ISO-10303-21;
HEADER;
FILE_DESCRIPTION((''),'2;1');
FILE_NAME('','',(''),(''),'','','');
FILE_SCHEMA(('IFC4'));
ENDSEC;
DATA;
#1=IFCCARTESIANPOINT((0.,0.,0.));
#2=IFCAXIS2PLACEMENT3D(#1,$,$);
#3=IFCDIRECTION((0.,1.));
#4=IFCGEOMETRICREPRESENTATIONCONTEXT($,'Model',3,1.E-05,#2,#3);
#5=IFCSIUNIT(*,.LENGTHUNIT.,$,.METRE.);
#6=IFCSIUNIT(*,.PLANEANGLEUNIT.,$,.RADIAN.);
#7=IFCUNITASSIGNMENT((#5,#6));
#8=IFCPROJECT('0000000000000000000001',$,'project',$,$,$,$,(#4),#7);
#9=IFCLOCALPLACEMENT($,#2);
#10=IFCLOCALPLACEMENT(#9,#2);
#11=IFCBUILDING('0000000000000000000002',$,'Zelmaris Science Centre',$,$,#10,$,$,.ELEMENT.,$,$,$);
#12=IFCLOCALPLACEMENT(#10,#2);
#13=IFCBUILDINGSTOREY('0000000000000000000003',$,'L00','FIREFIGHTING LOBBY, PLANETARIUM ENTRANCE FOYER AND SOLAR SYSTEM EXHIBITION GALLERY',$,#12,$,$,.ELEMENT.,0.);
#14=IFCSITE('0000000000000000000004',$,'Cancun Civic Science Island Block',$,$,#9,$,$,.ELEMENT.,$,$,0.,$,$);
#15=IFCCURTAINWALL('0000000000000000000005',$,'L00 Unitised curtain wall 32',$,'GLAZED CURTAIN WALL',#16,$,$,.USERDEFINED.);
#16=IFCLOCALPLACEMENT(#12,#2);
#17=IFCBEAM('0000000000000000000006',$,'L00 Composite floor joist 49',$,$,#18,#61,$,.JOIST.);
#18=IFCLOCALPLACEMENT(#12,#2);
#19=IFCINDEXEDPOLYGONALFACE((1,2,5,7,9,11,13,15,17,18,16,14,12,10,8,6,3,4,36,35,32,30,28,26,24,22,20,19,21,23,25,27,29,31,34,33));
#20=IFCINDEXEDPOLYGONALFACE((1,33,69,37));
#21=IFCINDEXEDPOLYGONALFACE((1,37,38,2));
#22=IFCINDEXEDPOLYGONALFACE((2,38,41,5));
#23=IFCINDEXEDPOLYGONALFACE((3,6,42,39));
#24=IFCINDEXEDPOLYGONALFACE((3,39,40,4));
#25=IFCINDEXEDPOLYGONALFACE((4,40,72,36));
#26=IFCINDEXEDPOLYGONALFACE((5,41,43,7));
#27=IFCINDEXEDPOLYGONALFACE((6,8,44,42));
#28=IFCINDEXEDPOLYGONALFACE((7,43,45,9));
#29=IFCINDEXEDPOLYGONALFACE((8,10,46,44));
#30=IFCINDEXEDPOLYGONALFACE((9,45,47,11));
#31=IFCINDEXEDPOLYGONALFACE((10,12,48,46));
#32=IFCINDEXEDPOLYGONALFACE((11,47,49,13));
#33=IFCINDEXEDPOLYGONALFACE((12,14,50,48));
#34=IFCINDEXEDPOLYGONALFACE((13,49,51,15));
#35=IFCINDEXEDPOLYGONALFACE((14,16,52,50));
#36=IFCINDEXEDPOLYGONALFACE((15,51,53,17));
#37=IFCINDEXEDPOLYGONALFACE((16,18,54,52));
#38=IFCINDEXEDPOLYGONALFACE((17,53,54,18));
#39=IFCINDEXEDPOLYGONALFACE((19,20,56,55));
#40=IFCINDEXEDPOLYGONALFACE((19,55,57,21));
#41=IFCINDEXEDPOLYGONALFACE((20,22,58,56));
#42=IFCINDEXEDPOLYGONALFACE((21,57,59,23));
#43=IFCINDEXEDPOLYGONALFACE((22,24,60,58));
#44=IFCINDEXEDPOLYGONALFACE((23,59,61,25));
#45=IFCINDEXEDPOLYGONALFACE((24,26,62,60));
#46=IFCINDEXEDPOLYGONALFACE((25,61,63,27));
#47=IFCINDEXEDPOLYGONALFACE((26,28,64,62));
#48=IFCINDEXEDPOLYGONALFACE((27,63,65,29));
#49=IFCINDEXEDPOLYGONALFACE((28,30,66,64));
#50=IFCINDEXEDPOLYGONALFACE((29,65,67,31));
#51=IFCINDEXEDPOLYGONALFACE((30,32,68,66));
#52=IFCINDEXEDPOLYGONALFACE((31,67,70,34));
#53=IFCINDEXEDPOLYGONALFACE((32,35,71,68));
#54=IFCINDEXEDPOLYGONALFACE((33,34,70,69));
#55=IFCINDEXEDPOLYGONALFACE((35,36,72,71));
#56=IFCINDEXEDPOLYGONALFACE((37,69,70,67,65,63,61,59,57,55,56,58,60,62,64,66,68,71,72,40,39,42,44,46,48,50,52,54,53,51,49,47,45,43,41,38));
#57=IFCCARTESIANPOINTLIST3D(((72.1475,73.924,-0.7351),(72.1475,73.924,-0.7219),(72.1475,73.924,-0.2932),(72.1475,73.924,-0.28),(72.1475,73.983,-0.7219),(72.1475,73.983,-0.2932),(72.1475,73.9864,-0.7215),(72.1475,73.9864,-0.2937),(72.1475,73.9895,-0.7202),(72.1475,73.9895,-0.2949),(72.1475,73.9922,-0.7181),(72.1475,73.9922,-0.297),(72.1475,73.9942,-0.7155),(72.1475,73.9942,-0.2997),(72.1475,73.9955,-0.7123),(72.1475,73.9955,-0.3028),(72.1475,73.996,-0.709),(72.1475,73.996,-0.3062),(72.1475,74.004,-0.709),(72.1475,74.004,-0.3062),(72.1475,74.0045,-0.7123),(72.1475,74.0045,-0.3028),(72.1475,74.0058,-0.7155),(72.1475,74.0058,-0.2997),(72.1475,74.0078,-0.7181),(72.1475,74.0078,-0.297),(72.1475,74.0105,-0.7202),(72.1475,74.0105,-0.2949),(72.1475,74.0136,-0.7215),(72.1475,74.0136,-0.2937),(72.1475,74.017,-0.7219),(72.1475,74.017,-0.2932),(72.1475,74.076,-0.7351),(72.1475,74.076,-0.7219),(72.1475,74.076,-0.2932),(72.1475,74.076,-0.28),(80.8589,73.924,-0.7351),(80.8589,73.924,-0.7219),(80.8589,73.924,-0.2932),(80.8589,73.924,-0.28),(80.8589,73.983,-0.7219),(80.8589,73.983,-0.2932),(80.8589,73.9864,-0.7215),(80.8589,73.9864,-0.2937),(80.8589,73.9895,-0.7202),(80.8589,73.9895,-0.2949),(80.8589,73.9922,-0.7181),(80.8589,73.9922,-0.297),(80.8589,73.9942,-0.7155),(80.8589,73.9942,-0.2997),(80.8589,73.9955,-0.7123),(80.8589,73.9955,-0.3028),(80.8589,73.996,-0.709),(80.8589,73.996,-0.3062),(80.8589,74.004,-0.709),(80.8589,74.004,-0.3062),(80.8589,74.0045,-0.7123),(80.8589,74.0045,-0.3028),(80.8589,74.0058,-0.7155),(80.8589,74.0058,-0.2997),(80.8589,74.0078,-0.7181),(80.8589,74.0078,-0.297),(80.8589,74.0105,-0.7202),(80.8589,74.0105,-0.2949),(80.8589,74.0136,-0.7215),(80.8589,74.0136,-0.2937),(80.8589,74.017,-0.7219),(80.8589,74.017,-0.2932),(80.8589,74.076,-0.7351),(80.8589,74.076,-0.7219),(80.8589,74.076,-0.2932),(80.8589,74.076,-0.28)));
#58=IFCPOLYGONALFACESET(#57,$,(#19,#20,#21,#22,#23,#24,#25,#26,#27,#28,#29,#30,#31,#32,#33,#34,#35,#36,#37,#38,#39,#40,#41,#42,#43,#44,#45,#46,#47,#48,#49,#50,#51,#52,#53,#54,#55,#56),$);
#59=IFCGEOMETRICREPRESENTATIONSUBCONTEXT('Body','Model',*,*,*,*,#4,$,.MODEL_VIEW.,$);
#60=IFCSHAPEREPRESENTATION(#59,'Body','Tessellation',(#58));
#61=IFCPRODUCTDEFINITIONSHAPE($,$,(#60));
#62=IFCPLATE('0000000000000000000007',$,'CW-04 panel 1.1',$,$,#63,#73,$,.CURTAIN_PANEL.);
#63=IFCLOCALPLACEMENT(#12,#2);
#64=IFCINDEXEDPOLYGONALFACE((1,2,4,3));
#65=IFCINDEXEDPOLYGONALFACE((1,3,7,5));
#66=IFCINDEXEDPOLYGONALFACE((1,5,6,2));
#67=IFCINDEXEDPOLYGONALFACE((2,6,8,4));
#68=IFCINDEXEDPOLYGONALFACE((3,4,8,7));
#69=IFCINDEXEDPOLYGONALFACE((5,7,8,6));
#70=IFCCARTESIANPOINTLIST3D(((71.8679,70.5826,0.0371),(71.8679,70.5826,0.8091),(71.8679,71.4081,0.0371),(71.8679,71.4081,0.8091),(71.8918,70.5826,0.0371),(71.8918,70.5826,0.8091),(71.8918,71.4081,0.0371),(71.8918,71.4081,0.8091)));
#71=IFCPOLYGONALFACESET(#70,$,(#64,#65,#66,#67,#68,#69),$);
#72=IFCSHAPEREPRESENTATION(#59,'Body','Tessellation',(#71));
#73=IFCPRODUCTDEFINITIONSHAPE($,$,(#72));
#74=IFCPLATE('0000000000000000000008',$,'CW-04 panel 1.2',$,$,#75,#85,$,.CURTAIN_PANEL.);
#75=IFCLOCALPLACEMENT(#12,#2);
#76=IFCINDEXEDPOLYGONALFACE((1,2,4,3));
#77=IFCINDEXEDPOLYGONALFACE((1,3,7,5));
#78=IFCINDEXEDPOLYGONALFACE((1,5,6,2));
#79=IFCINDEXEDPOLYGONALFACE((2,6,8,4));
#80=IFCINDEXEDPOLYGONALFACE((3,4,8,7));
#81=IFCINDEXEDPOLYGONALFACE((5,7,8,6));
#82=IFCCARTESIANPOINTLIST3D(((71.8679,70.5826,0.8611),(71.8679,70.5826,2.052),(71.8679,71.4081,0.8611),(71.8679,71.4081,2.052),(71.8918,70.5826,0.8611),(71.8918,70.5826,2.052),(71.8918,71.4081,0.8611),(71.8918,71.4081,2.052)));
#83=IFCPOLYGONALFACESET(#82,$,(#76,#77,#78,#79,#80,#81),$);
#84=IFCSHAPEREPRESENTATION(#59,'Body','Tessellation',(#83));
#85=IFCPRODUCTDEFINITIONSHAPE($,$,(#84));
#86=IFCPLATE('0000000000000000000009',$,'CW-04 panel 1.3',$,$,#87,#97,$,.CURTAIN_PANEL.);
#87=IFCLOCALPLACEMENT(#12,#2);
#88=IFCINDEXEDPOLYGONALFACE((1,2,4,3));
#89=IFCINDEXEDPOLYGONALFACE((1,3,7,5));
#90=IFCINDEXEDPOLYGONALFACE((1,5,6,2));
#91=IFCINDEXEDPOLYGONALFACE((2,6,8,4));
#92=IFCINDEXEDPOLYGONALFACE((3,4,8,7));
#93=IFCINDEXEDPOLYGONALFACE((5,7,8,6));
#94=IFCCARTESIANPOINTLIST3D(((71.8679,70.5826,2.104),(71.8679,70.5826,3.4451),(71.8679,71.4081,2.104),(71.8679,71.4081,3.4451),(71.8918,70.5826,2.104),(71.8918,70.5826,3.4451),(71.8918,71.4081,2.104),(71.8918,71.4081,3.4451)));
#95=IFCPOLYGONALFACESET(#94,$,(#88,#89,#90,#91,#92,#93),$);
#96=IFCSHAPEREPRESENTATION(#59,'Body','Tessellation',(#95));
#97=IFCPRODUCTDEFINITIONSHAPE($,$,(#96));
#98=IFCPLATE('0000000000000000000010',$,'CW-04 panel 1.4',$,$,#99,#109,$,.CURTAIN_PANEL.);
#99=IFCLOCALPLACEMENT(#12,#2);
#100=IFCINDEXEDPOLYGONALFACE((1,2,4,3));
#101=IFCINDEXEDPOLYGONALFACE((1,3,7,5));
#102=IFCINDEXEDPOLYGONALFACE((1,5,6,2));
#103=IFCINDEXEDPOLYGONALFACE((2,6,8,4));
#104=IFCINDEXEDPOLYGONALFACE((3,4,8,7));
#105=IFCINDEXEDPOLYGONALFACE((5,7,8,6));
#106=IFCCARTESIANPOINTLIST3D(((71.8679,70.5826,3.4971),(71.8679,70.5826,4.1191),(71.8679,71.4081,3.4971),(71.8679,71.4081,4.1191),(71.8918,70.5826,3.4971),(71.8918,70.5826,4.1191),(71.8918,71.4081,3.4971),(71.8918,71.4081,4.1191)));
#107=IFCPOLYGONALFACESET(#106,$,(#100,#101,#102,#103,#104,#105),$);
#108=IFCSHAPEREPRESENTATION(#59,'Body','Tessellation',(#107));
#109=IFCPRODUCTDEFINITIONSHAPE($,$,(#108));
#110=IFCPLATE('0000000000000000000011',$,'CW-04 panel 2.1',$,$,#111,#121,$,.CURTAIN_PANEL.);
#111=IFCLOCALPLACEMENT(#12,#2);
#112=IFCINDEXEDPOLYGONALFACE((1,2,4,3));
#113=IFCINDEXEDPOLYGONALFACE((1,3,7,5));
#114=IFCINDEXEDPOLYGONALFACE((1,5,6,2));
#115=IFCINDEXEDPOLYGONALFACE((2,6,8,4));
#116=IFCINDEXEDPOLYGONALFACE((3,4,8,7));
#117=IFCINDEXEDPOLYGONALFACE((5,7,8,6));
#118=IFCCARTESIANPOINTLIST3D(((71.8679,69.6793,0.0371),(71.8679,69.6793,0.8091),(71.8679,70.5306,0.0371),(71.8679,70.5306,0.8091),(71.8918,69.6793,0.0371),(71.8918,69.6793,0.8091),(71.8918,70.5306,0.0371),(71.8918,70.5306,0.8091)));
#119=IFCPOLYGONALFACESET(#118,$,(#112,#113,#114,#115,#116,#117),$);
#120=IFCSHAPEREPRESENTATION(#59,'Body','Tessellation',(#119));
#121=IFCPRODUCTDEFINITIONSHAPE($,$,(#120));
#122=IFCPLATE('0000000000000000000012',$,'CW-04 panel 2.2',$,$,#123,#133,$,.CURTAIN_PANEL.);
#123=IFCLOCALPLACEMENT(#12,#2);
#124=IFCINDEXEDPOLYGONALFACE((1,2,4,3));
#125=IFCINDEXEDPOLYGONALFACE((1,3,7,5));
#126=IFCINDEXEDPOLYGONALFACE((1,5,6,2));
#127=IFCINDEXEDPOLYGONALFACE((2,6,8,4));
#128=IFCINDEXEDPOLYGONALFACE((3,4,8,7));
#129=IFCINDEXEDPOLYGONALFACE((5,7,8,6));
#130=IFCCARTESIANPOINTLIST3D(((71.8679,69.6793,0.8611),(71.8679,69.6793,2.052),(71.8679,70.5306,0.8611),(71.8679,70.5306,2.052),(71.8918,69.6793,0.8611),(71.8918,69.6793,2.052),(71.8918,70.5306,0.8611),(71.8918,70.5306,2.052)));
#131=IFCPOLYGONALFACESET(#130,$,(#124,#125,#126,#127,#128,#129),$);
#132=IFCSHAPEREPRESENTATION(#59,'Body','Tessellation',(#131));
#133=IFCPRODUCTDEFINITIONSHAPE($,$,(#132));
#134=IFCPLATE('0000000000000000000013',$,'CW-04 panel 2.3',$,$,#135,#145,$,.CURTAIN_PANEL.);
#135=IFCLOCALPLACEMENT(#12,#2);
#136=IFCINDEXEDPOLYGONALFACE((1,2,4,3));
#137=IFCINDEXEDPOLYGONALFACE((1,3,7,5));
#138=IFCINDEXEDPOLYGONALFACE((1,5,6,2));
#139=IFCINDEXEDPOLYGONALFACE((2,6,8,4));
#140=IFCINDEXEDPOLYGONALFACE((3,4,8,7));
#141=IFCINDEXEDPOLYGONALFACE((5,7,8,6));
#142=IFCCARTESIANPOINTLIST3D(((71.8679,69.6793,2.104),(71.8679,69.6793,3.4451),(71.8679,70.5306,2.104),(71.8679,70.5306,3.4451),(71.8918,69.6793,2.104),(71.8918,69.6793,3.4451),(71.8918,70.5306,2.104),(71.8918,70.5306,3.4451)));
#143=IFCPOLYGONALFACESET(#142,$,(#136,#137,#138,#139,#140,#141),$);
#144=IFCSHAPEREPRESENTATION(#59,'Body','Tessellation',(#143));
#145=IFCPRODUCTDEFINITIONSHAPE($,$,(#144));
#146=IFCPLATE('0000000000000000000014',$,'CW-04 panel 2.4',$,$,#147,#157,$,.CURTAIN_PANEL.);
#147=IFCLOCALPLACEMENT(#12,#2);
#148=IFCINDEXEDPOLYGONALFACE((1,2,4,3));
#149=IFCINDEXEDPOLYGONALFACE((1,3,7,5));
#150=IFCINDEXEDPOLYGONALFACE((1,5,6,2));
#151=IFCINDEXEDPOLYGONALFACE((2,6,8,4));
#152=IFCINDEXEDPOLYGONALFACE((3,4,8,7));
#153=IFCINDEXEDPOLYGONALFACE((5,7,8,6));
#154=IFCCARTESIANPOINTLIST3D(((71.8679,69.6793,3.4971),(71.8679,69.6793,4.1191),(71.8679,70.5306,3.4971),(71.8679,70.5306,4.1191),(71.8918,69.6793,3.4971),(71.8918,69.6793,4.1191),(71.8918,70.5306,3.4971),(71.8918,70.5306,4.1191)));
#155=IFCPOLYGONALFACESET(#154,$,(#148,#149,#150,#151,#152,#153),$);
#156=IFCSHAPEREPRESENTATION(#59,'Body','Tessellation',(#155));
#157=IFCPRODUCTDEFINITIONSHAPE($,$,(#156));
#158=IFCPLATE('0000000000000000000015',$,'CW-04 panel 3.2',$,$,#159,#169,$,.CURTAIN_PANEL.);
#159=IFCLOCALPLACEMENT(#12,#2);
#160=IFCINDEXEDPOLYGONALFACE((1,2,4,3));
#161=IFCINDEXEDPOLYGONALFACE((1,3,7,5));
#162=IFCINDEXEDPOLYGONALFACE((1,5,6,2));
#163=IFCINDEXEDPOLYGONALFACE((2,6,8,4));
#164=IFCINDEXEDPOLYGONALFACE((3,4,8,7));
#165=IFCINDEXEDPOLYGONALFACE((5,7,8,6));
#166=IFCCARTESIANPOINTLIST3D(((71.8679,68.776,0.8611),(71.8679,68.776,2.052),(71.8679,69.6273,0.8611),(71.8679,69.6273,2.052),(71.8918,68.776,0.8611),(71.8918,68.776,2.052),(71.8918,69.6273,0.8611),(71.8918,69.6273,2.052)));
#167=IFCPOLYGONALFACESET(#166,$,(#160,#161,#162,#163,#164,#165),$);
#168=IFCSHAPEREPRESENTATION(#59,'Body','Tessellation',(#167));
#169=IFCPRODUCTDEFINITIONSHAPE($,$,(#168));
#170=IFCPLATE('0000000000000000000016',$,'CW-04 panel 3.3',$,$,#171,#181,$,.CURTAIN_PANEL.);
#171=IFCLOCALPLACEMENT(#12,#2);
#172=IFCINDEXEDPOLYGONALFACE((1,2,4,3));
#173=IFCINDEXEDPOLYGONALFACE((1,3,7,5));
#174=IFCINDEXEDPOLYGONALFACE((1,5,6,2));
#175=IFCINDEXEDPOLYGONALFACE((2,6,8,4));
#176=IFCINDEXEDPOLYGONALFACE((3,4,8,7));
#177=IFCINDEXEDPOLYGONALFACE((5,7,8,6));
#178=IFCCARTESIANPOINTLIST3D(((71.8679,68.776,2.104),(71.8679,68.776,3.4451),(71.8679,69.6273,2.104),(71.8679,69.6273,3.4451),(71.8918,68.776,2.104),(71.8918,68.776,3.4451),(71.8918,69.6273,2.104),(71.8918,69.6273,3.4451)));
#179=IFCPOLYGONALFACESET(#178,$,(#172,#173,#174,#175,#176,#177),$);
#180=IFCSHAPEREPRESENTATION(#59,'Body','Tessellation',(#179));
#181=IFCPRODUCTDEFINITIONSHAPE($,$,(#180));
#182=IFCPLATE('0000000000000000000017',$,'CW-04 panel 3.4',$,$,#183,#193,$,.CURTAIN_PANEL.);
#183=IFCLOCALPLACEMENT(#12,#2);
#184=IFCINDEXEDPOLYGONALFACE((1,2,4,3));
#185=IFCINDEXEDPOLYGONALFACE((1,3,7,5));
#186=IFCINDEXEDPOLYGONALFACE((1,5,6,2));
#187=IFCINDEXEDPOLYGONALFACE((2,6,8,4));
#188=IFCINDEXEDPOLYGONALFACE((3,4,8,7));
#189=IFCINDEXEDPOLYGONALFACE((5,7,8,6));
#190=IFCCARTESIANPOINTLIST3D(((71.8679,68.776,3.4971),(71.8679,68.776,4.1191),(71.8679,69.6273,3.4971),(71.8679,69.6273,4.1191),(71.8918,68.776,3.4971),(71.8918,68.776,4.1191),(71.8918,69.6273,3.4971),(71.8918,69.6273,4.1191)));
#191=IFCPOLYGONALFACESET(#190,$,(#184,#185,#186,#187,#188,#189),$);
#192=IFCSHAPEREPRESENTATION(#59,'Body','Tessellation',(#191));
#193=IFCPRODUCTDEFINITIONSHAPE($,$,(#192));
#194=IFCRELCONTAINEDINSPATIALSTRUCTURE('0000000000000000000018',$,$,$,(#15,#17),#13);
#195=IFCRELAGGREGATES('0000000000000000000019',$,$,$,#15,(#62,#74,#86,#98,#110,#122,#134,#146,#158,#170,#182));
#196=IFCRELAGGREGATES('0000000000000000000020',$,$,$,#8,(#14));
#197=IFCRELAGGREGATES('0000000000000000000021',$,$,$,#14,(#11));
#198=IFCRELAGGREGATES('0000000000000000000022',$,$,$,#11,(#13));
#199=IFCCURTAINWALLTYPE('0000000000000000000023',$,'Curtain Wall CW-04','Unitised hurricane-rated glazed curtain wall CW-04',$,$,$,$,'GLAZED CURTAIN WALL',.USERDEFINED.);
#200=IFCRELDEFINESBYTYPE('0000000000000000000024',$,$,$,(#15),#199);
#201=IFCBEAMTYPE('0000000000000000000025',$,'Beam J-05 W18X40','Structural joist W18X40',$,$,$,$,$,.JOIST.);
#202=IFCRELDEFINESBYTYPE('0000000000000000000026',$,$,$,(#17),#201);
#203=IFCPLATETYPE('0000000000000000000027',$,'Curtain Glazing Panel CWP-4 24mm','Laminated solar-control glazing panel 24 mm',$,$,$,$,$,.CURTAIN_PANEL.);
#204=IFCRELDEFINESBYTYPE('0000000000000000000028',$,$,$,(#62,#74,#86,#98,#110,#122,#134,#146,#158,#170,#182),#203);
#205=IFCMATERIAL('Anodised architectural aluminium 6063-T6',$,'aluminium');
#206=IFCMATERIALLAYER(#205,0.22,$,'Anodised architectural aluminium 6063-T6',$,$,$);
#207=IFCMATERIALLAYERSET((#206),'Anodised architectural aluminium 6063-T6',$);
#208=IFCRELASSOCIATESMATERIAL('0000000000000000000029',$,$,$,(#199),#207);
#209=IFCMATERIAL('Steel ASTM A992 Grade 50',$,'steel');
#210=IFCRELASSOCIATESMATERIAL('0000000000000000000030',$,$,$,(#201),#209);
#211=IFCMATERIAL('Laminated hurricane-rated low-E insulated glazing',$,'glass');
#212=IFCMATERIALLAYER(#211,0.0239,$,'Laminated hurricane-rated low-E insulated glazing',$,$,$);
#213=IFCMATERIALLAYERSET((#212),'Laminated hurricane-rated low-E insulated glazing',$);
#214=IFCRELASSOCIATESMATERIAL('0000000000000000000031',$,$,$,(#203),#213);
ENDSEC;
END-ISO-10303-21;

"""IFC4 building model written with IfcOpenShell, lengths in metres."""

from ifc_helpers import new_model, si_unit, direction, frame, origin, origin_2d, place, context, subcontext, project, spatial, rectangle, i_section, extrude, material, layer, layer_set, material_profile, profile_set, type_object, element, aggregate, save


model = new_model("IFC4")

# Units and contexts
model_context = context("Model", 3, precision=1e-05, world=origin(), true_north=direction((0.0, 1.0)))
body_context = subcontext(model_context, "Body", "Model", "MODEL_VIEW")
ifc_project = project(units=[si_unit("LENGTHUNIT", "METRE"), si_unit("PLANEANGLEUNIT", "RADIAN")], contexts=[model_context])

# Site, building, storey
site_placement = place(None, origin())
site = spatial("IfcSite", under=ifc_project, at=site_placement, Name="Cancun Civic Science Island Block", CompositionType="ELEMENT", RefElevation=0.0)
building_placement = place(site_placement, origin())
building = spatial("IfcBuilding", under=site, at=building_placement, Name="Zelmaris Science Centre", CompositionType="ELEMENT")
storey_placement = place(building_placement, origin())
storey = spatial("IfcBuildingStorey", under=building, at=storey_placement, Name="L00", Description="FIREFIGHTING LOBBY, PLANETARIUM ENTRANCE FOYER AND SOLAR SYSTEM EXHIBITION GALLERY", CompositionType="ELEMENT", Elevation=0.0)

# Shared definitions
ifc_material_1 = material(Name="Steel ASTM A992 Grade 50", Category="steel")

# Curtain wall
ifc_material_2 = material(Name="Anodised architectural aluminium 6063-T6", Category="aluminium")
ifc_layer_1 = layer(ifc_material_2, 0.22, Name="Anodised architectural aluminium 6063-T6")
ifc_layer_set_1 = layer_set([ifc_layer_1], Name="Anodised architectural aluminium 6063-T6")
curtain_wall_type = type_object("IfcCurtainWallType", Name="Curtain Wall CW-04", Description="Unitised hurricane-rated glazed curtain wall CW-04", ElementType="GLAZED CURTAIN WALL", PredefinedType="USERDEFINED", material=ifc_layer_set_1)
curtain_wall_placement = place(storey_placement, origin())
curtain_wall = element("IfcCurtainWall", 1, at=curtain_wall_placement, inside=storey, type_object=curtain_wall_type, Name="L00 Unitised curtain wall 32", ObjectType="GLAZED CURTAIN WALL", PredefinedType="USERDEFINED")

# Beam
ifc_material_profile_1 = material_profile(ifc_material_1, i_section(OverallWidth=0.1521, OverallDepth=0.4551, WebThickness=0.0081, FlangeThickness=0.0132, FilletRadius=0.0129, at=origin_2d()), Name="W18X40")
ifc_profile_set_1 = profile_set([ifc_material_profile_1], Name="Steel ASTM A992 Grade 50")
beam_type_1 = type_object("IfcBeamType", Name="Beam J-05 W18X40", Description="Structural joist W18X40", PredefinedType="JOIST", material=ifc_profile_set_1)
beam_1_placement = place(storey_placement, frame((72.1475, 74.0, -0.5076), z_axis=(1.0, 0.0, 0.0), x_axis=(0.0, 1.0, 0.0)))
element("IfcBeam", 2, at=beam_1_placement, inside=storey, type_object=beam_type_1, Name="L00 Composite floor joist 49", PredefinedType="JOIST", context=body_context, shape_type="SweptSolid", body=[
    extrude(i_section(OverallWidth=0.1521, OverallDepth=0.4551, WebThickness=0.0081, FlangeThickness=0.0132, FilletRadius=0.0129, at=origin_2d()), origin(), (0.0, 0.0, 1.0), 8.7114),
])

# Plates
ifc_material_3 = material(Name="Laminated hurricane-rated low-E insulated glazing", Category="glass")
ifc_layer_2 = layer(ifc_material_3, 0.0239, Name="Laminated hurricane-rated low-E insulated glazing")
ifc_layer_set_2 = layer_set([ifc_layer_2], Name="Laminated hurricane-rated low-E insulated glazing")
plate_type = type_object("IfcPlateType", Name="Curtain Glazing Panel CWP-4 24mm", Description="Laminated solar-control glazing panel 24 mm", PredefinedType="CURTAIN_PANEL", material=ifc_layer_set_2)
plate_1_placement = place(storey_placement, frame((71.8799, 70.9954, 0.0371), z_axis=(0.0, 0.0, 1.0), x_axis=(0.0, -1.0, 0.0)))
plate_1 = element("IfcPlate", 3, at=plate_1_placement, type_object=plate_type, Name="CW-04 panel 1.1", PredefinedType="CURTAIN_PANEL", context=body_context, shape_type="SweptSolid", body=[
    extrude(rectangle(XDim=0.8254, YDim=0.0239, at=origin_2d()), origin(), (0.0, 0.0, 1.0), 0.772),
])
plate_2_placement = place(storey_placement, frame((71.8799, 70.9954, 0.8611), z_axis=(0.0, 0.0, 1.0), x_axis=(0.0, -1.0, 0.0)))
plate_2 = element("IfcPlate", 4, at=plate_2_placement, type_object=plate_type, Name="CW-04 panel 1.2", PredefinedType="CURTAIN_PANEL", context=body_context, shape_type="SweptSolid", body=[
    extrude(rectangle(XDim=0.8254, YDim=0.0239, at=origin_2d()), origin(), (0.0, 0.0, 1.0), 1.1909),
])
plate_3_placement = place(storey_placement, frame((71.8799, 70.9954, 2.104), z_axis=(0.0, 0.0, 1.0), x_axis=(0.0, -1.0, 0.0)))
plate_3 = element("IfcPlate", 5, at=plate_3_placement, type_object=plate_type, Name="CW-04 panel 1.3", PredefinedType="CURTAIN_PANEL", context=body_context, shape_type="SweptSolid", body=[
    extrude(rectangle(XDim=0.8254, YDim=0.0239, at=origin_2d()), origin(), (0.0, 0.0, 1.0), 1.3411),
])
plate_4_placement = place(storey_placement, frame((71.8799, 70.9954, 3.4971), z_axis=(0.0, 0.0, 1.0), x_axis=(0.0, -1.0, 0.0)))
plate_4 = element("IfcPlate", 6, at=plate_4_placement, type_object=plate_type, Name="CW-04 panel 1.4", PredefinedType="CURTAIN_PANEL", context=body_context, shape_type="SweptSolid", body=[
    extrude(rectangle(XDim=0.8254, YDim=0.0239, at=origin_2d()), origin(), (0.0, 0.0, 1.0), 0.6221),
])
plate_5_placement = place(storey_placement, frame((71.8799, 70.105, 0.0371), z_axis=(0.0, 0.0, 1.0), x_axis=(0.0, -1.0, 0.0)))
plate_5 = element("IfcPlate", 7, at=plate_5_placement, type_object=plate_type, Name="CW-04 panel 2.1", PredefinedType="CURTAIN_PANEL", context=body_context, shape_type="SweptSolid", body=[
    extrude(rectangle(XDim=0.8513, YDim=0.0239, at=origin_2d()), origin(), (0.0, 0.0, 1.0), 0.772),
])
plate_6_placement = place(storey_placement, frame((71.8799, 70.105, 0.8611), z_axis=(0.0, 0.0, 1.0), x_axis=(0.0, -1.0, 0.0)))
plate_6 = element("IfcPlate", 8, at=plate_6_placement, type_object=plate_type, Name="CW-04 panel 2.2", PredefinedType="CURTAIN_PANEL", context=body_context, shape_type="SweptSolid", body=[
    extrude(rectangle(XDim=0.8513, YDim=0.0239, at=origin_2d()), origin(), (0.0, 0.0, 1.0), 1.1909),
])
plate_7_placement = place(storey_placement, frame((71.8799, 70.105, 2.104), z_axis=(0.0, 0.0, 1.0), x_axis=(0.0, -1.0, 0.0)))
plate_7 = element("IfcPlate", 9, at=plate_7_placement, type_object=plate_type, Name="CW-04 panel 2.3", PredefinedType="CURTAIN_PANEL", context=body_context, shape_type="SweptSolid", body=[
    extrude(rectangle(XDim=0.8513, YDim=0.0239, at=origin_2d()), origin(), (0.0, 0.0, 1.0), 1.3411),
])
plate_8_placement = place(storey_placement, frame((71.8799, 70.105, 3.4971), z_axis=(0.0, 0.0, 1.0), x_axis=(0.0, -1.0, 0.0)))
plate_8 = element("IfcPlate", 10, at=plate_8_placement, type_object=plate_type, Name="CW-04 panel 2.4", PredefinedType="CURTAIN_PANEL", context=body_context, shape_type="SweptSolid", body=[
    extrude(rectangle(XDim=0.8513, YDim=0.0239, at=origin_2d()), origin(), (0.0, 0.0, 1.0), 0.6221),
])
plate_9_placement = place(storey_placement, frame((71.8799, 69.2017, 0.8611), z_axis=(0.0, 0.0, 1.0), x_axis=(0.0, -1.0, 0.0)))
plate_9 = element("IfcPlate", 11, at=plate_9_placement, type_object=plate_type, Name="CW-04 panel 3.2", PredefinedType="CURTAIN_PANEL", context=body_context, shape_type="SweptSolid", body=[
    extrude(rectangle(XDim=0.8513, YDim=0.0239, at=origin_2d()), origin(), (0.0, 0.0, 1.0), 1.1909),
])
plate_10_placement = place(storey_placement, frame((71.8799, 69.2017, 2.104), z_axis=(0.0, 0.0, 1.0), x_axis=(0.0, -1.0, 0.0)))
plate_10 = element("IfcPlate", 12, at=plate_10_placement, type_object=plate_type, Name="CW-04 panel 3.3", PredefinedType="CURTAIN_PANEL", context=body_context, shape_type="SweptSolid", body=[
    extrude(rectangle(XDim=0.8513, YDim=0.0239, at=origin_2d()), origin(), (0.0, 0.0, 1.0), 1.3411),
])
plate_11_placement = place(storey_placement, frame((71.8799, 69.2017, 3.4971), z_axis=(0.0, 0.0, 1.0), x_axis=(0.0, -1.0, 0.0)))
plate_11 = element("IfcPlate", 13, at=plate_11_placement, type_object=plate_type, Name="CW-04 panel 3.4", PredefinedType="CURTAIN_PANEL", context=body_context, shape_type="SweptSolid", body=[
    extrude(rectangle(XDim=0.8513, YDim=0.0239, at=origin_2d()), origin(), (0.0, 0.0, 1.0), 0.6221),
])
aggregate(curtain_wall, [plate_1, plate_2, plate_3, plate_4, plate_5, plate_6, plate_7, plate_8, plate_9, plate_10, plate_11])

save(model, "model.ifc")
